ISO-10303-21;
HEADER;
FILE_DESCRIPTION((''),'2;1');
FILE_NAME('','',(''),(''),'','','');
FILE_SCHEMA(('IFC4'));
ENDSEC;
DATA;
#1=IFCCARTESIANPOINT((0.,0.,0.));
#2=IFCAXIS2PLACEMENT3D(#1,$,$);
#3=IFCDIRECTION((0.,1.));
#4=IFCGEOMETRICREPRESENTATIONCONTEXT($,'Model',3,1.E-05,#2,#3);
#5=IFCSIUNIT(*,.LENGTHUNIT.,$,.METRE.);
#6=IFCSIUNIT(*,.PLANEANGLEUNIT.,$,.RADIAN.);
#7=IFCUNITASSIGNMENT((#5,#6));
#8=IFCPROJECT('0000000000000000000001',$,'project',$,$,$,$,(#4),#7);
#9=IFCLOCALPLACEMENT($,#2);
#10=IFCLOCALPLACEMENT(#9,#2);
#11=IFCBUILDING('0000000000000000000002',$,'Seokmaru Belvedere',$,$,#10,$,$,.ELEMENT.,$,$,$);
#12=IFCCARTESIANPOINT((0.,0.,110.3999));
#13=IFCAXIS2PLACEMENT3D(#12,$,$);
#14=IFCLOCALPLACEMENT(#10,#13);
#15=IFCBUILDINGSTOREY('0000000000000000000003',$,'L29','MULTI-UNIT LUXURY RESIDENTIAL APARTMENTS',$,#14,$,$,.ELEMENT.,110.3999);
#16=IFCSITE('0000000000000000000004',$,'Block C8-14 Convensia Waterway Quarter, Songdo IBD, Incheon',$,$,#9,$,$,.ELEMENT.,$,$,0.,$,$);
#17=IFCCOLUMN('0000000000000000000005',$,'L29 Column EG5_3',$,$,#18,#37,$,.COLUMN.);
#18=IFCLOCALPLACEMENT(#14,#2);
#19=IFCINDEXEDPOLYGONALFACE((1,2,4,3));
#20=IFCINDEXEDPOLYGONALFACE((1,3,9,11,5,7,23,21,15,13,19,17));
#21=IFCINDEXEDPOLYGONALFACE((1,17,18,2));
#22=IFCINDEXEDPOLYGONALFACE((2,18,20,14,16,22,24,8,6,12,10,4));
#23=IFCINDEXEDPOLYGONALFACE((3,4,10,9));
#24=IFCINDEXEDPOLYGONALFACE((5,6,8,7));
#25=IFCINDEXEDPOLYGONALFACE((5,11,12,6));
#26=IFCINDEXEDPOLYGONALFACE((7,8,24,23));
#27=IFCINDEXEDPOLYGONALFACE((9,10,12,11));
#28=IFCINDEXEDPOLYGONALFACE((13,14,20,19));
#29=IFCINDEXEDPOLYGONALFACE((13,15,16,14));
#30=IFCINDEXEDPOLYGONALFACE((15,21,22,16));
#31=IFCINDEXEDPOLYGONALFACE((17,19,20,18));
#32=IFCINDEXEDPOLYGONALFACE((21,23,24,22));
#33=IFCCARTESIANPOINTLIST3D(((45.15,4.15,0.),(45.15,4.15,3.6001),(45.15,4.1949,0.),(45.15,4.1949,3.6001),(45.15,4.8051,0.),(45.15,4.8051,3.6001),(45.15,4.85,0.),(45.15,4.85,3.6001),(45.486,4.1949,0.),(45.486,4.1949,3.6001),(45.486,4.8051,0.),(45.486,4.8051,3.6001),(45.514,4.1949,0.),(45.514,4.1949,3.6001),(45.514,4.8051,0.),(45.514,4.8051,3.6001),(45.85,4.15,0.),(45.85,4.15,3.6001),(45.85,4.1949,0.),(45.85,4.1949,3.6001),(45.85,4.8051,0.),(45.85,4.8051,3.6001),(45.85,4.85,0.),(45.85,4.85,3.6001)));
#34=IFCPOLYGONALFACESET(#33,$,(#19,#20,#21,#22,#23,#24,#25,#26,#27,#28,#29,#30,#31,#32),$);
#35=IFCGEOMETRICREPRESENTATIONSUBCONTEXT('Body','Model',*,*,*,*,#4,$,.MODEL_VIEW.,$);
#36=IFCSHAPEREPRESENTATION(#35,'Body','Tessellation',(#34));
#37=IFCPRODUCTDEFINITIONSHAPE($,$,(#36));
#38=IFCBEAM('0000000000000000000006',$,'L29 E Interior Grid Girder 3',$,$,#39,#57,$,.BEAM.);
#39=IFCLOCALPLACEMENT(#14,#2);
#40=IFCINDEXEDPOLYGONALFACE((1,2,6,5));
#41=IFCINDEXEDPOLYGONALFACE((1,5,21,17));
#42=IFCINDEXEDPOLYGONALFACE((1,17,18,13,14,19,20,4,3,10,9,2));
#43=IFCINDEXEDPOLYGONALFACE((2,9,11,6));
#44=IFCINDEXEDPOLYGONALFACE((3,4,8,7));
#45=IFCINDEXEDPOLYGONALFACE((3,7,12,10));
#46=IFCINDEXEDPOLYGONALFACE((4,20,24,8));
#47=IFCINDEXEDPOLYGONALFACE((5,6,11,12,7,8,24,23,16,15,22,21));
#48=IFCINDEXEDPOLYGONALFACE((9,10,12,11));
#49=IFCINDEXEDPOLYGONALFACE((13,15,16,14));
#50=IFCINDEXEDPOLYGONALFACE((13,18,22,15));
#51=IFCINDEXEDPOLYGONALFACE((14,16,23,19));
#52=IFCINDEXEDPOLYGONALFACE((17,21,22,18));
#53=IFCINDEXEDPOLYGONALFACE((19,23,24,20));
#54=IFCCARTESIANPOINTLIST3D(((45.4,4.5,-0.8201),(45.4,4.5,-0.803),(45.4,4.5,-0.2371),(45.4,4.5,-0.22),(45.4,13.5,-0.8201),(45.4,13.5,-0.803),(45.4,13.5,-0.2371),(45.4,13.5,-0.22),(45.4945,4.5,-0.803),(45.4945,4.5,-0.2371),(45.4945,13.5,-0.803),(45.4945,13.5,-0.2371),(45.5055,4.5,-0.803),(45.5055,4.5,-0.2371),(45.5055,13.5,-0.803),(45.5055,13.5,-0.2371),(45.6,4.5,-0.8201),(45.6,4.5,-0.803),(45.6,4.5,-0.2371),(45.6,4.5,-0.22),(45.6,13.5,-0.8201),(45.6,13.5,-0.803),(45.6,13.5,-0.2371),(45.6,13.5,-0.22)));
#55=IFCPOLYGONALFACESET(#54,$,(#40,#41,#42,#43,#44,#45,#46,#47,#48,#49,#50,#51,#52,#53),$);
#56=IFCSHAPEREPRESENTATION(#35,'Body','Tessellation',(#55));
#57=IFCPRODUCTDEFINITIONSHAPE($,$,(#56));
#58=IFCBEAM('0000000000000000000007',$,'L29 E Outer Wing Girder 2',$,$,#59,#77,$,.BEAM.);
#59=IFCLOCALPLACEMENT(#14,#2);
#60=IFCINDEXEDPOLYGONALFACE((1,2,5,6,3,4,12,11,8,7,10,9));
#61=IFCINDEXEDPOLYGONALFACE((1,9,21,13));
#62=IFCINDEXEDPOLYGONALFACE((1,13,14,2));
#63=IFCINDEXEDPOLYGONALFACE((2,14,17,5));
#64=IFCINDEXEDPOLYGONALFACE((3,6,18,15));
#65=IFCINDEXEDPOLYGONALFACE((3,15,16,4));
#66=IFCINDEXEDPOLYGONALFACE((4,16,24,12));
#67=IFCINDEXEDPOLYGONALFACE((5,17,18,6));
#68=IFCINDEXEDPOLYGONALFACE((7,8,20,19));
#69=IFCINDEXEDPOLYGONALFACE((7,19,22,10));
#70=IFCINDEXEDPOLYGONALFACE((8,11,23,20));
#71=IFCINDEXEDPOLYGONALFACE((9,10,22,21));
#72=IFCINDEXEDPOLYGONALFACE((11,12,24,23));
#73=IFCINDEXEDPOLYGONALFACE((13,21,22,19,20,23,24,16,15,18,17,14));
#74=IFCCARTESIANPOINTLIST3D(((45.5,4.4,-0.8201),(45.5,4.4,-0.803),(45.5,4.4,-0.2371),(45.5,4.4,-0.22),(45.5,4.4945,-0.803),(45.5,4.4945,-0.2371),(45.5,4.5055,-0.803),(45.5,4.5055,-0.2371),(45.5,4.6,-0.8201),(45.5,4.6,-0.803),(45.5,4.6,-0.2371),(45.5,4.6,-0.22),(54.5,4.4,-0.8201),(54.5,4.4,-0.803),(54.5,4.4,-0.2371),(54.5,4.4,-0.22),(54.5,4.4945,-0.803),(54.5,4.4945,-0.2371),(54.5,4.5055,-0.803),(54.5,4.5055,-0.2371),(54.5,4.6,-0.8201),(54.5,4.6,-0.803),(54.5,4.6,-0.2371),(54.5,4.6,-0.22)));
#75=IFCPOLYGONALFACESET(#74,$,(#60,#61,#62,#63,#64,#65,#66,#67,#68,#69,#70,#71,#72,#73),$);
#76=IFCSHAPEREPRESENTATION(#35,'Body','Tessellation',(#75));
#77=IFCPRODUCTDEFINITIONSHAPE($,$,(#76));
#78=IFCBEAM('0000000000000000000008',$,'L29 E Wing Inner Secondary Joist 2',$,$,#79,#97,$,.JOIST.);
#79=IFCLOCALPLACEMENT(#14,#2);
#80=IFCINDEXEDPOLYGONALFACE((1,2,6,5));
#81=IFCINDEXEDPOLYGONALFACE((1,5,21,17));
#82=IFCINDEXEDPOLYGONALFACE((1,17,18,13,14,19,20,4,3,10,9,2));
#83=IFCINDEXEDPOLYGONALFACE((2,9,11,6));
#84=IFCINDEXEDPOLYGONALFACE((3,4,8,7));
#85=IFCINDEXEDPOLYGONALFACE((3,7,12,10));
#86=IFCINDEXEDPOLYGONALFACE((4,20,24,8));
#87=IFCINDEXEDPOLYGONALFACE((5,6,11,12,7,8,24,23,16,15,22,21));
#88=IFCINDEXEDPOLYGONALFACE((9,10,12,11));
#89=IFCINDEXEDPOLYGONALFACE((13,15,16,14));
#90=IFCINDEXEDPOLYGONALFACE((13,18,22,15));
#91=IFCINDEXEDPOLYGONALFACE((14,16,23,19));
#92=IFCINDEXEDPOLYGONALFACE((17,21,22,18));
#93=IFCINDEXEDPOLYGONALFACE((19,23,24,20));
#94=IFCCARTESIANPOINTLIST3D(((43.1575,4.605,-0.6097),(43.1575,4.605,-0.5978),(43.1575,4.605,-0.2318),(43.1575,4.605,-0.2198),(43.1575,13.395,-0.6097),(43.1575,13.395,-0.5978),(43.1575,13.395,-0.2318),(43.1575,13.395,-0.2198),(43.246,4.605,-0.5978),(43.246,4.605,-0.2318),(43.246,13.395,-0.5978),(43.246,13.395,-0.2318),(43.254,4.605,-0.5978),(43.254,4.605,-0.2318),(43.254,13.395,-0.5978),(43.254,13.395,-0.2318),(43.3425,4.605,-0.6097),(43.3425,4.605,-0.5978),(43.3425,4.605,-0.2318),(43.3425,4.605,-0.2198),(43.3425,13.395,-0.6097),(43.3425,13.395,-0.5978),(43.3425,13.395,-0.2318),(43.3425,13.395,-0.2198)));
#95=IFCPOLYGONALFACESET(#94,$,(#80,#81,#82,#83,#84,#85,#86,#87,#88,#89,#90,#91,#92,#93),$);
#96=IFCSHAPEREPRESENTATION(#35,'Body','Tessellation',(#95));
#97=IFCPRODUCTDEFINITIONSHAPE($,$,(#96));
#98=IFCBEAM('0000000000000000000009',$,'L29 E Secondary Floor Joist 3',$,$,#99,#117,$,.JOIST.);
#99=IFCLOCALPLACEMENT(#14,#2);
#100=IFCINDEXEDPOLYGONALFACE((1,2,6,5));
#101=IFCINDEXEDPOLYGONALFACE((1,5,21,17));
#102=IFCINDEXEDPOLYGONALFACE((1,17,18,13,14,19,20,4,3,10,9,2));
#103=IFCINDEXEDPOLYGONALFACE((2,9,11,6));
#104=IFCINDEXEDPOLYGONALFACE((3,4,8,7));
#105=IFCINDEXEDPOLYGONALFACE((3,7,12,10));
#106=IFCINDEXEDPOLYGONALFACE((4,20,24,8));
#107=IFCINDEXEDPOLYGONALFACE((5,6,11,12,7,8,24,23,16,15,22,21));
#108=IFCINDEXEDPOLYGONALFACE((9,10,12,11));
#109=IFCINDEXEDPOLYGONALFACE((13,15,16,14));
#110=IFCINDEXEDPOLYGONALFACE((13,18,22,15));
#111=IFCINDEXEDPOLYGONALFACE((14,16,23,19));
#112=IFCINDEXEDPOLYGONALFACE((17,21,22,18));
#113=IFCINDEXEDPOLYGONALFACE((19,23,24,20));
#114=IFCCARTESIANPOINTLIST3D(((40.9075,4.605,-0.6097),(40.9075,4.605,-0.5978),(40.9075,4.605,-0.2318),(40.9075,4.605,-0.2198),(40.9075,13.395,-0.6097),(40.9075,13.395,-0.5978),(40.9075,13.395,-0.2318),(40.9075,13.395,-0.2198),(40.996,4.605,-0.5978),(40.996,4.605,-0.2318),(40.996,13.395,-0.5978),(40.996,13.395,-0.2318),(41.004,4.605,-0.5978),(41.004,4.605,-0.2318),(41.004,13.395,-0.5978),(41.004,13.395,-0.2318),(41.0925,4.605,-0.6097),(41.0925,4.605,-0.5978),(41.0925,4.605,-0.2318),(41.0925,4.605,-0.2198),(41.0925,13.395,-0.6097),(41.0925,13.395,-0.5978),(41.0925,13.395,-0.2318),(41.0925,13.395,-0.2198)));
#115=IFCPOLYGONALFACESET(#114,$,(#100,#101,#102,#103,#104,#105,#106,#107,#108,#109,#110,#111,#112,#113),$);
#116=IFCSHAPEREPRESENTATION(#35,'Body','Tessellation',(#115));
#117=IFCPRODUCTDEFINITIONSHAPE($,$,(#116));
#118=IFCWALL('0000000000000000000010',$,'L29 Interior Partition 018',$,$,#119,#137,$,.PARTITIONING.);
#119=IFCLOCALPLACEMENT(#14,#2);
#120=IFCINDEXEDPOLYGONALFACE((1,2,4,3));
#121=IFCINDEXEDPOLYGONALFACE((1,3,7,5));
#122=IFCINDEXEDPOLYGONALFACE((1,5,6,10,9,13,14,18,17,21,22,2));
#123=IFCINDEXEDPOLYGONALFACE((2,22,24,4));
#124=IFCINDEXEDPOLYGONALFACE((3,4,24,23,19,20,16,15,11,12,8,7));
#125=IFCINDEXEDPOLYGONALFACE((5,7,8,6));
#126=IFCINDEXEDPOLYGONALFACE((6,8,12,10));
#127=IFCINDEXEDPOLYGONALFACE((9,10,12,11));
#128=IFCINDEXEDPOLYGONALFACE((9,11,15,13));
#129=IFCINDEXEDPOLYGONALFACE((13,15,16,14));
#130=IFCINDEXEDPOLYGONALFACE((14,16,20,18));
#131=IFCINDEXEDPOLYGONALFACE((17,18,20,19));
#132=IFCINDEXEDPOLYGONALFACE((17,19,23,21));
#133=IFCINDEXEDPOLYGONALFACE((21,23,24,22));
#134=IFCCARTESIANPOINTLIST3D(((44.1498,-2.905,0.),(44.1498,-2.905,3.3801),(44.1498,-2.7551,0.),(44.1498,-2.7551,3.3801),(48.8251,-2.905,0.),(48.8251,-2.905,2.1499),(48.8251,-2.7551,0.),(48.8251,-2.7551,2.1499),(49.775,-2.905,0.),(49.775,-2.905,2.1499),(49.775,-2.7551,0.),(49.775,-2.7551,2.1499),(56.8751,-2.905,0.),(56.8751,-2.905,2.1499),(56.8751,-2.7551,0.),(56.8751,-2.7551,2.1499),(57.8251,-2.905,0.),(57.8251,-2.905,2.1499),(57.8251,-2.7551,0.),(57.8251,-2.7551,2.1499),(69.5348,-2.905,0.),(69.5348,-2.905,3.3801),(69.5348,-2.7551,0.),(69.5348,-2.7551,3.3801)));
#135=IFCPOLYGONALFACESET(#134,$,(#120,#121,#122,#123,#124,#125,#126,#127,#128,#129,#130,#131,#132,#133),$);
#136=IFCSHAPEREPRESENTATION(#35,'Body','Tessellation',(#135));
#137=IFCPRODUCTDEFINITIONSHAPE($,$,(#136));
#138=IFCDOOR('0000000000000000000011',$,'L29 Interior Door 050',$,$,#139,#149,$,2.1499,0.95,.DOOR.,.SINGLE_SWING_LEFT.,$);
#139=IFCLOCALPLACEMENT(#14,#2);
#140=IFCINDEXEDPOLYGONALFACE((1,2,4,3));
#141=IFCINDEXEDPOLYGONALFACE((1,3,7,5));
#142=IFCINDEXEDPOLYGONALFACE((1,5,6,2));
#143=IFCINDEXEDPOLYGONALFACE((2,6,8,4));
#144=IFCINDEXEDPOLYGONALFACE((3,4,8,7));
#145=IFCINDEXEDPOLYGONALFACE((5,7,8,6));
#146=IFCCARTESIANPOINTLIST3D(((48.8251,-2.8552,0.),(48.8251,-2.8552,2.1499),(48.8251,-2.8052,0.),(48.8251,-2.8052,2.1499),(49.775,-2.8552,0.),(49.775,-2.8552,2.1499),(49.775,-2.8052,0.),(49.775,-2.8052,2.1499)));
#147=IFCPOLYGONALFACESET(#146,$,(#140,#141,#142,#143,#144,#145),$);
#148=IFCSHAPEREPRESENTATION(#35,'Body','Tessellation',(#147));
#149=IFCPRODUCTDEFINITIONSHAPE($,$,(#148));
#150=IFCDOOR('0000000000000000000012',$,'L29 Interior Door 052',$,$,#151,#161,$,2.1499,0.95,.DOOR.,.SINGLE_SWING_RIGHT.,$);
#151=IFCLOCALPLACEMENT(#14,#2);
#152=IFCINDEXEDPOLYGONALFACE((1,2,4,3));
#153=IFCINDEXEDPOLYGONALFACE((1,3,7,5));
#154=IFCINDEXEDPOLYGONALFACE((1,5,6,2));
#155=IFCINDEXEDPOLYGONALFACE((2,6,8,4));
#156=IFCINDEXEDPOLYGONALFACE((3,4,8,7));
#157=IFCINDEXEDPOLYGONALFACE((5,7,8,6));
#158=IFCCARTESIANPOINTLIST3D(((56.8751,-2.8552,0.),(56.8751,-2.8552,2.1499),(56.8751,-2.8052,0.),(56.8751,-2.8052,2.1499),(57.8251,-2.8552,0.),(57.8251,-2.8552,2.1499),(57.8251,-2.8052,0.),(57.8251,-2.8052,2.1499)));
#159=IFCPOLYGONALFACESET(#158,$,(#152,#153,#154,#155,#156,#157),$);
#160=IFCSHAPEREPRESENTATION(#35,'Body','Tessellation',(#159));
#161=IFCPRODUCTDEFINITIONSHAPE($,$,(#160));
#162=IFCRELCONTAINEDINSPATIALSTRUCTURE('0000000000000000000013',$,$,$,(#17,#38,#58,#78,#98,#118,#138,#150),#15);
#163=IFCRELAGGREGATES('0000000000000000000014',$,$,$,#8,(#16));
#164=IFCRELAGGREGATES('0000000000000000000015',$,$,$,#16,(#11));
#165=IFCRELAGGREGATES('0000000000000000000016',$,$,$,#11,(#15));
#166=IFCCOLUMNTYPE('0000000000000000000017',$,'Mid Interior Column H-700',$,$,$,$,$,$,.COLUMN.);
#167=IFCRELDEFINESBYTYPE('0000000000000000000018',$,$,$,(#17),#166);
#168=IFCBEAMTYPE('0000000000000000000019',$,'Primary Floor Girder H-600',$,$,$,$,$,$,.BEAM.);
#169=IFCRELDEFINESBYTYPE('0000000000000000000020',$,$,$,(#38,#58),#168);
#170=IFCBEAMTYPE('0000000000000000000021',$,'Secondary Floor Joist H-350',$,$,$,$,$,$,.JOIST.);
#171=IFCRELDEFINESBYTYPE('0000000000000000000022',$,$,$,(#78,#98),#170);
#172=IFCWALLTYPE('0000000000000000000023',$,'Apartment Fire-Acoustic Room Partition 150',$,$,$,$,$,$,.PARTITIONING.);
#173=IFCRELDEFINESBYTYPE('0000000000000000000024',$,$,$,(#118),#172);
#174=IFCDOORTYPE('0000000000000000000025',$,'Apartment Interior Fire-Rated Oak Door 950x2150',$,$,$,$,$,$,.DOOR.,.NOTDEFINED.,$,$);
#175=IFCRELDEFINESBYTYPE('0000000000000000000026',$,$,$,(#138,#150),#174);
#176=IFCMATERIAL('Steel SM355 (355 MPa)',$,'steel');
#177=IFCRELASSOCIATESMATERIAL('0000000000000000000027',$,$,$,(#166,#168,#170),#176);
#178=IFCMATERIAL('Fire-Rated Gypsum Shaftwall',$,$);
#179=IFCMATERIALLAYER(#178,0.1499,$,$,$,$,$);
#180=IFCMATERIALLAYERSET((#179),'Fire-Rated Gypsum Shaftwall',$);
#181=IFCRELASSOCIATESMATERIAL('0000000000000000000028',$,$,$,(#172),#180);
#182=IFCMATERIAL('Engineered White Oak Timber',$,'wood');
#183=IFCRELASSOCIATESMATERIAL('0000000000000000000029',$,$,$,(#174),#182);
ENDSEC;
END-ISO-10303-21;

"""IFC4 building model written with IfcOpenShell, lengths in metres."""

from ifc_helpers import new_model, si_unit, direction, frame, frame_2d, origin, origin_2d, place, context, subcontext, project, spatial, rectangle, i_section, extrude, source, transform, mapped, material, layer, layer_set, material_profile, profile_set, type_object, type_shapes, element, fill, save


model = new_model("IFC4")

# Units and contexts
model_context = context("Model", 3, precision=1e-05, world=origin(), true_north=direction((0.0, 1.0)))
body_context = subcontext(model_context, "Body", "Model", "MODEL_VIEW")
ifc_project = project(units=[si_unit("LENGTHUNIT", "METRE"), si_unit("PLANEANGLEUNIT", "RADIAN")], contexts=[model_context])

# Site, building, storey
site_placement = place(None, origin())
site = spatial("IfcSite", under=ifc_project, at=site_placement, Name="Block C8-14 Convensia Waterway Quarter, Songdo IBD, Incheon", CompositionType="ELEMENT", RefElevation=0.0)
building_placement = place(site_placement, origin())
building = spatial("IfcBuilding", under=site, at=building_placement, Name="Seokmaru Belvedere", CompositionType="ELEMENT")
storey_placement = place(building_placement, frame((0.0, 0.0, 110.3999)))
storey = spatial("IfcBuildingStorey", under=building, at=storey_placement, Name="L29", Description="MULTI-UNIT LUXURY RESIDENTIAL APARTMENTS", CompositionType="ELEMENT", Elevation=110.3999)

# Column
ifc_material_1 = material(Name="Steel SM355 (355 MPa)", Category="steel")
ifc_material_profile_1 = material_profile(ifc_material_1, i_section(OverallWidth=0.7, OverallDepth=0.7, WebThickness=0.0281, FlangeThickness=0.0449, at=origin_2d()), Name="H-700x700x28x45")
ifc_profile_set_1 = profile_set([ifc_material_profile_1], Name="Steel SM355 (355 MPa)")
column_type = type_object("IfcColumnType", Name="Mid Interior Column H-700", PredefinedType="COLUMN", material=ifc_profile_set_1)
shared_shape_1 = source(origin(), body_context, "Body", "SweptSolid", [
    extrude(i_section(OverallWidth=0.7, OverallDepth=0.7, WebThickness=0.0281, FlangeThickness=0.0449, at=origin_2d()), origin(), (0.0, 0.0, 1.0), 3.6001),
])
type_shapes(column_type, [shared_shape_1])
column_placement = place(storey_placement, frame((45.5, 4.5, 0.0), z_axis=(0.0, 0.0, 1.0), x_axis=(1.0, 0.0, 0.0)))
element("IfcColumn", 1, at=column_placement, inside=storey, type_object=column_type, Name="L29 Column EG5_3", PredefinedType="COLUMN", context=body_context, shape_type="MappedRepresentation", body=[
    mapped(shared_shape_1, transform((0.0, 0.0, 0.0), scale=1.0)),
])

# Beams
ifc_material_profile_2 = material_profile(ifc_material_1, i_section(OverallWidth=0.2, OverallDepth=0.6001, WebThickness=0.011, FlangeThickness=0.0171, at=origin_2d()), Name="H-600x200x11x17")
ifc_profile_set_2 = profile_set([ifc_material_profile_2], Name="Steel SM355 (355 MPa)")
beam_type_1 = type_object("IfcBeamType", Name="Primary Floor Girder H-600", PredefinedType="BEAM", material=ifc_profile_set_2)
shared_shape_2 = source(origin(), body_context, "Body", "SweptSolid", [
    extrude(i_section(OverallWidth=0.2, OverallDepth=0.6001, WebThickness=0.011, FlangeThickness=0.0171, at=origin_2d()), origin(), (0.0, 0.0, 1.0), 9.0),
])
type_shapes(beam_type_1, [shared_shape_2])
for number, where, z_axis, x_axis, name in (
    (2, (45.5, 4.5, -0.52), (0.0, 1.0, 0.0), (-1.0, 0.0, 0.0), "L29 E Interior Grid Girder 3"),
    (3, (45.5, 4.5, -0.52), (1.0, 0.0, 0.0), (0.0, 1.0, 0.0), "L29 E Outer Wing Girder 2"),
):
    element("IfcBeam", number, at=place(storey_placement, frame(where, z_axis=z_axis, x_axis=x_axis)), inside=storey, type_object=beam_type_1, Name=name, PredefinedType="BEAM", context=body_context, shape_type="MappedRepresentation", body=[
        mapped(shared_shape_2, transform((0.0, 0.0, 0.0), scale=1.0)),
    ])
ifc_material_profile_3 = material_profile(ifc_material_1, i_section(OverallWidth=0.1851, OverallDepth=0.3899, WebThickness=0.0081, FlangeThickness=0.012, at=origin_2d()), Name="H-390x185x8x12")
ifc_profile_set_3 = profile_set([ifc_material_profile_3], Name="Steel SM355 (355 MPa)")
beam_type_2 = type_object("IfcBeamType", Name="Secondary Floor Joist H-350", PredefinedType="JOIST", material=ifc_profile_set_3)
shared_shape_3 = source(origin(), body_context, "Body", "SweptSolid", [
    extrude(i_section(OverallWidth=0.1851, OverallDepth=0.3899, WebThickness=0.0081, FlangeThickness=0.012, at=origin_2d()), origin(), (0.0, 0.0, 1.0), 8.79),
])
type_shapes(beam_type_2, [shared_shape_3])
for number, where, z_axis, x_axis, name in (
    (4, (43.25, 4.605, -0.4148), (0.0, 1.0, 0.0), (-1.0, 0.0, 0.0), "L29 E Wing Inner Secondary Joist 2"),
    (5, (41.0, 4.605, -0.4148), (0.0, 1.0, 0.0), (-1.0, 0.0, 0.0), "L29 E Secondary Floor Joist 3"),
):
    element("IfcBeam", number, at=place(storey_placement, frame(where, z_axis=z_axis, x_axis=x_axis)), inside=storey, type_object=beam_type_2, Name=name, PredefinedType="JOIST", context=body_context, shape_type="MappedRepresentation", body=[
        mapped(shared_shape_3, transform((0.0, 0.0, 0.0), scale=1.0)),
    ])

# Wall, openings, doors
ifc_material_2 = material(Name="Fire-Rated Gypsum Shaftwall")
ifc_layer_1 = layer(ifc_material_2, 0.1499)
ifc_layer_set_1 = layer_set([ifc_layer_1], Name="Fire-Rated Gypsum Shaftwall")
wall_type_1 = type_object("IfcWallType", Name="Apartment Fire-Acoustic Room Partition 150", PredefinedType="PARTITIONING", material=ifc_layer_set_1)
wall_1_placement = place(storey_placement, frame((44.1499, -2.8301, 0.0), z_axis=(0.0, 0.0, 1.0), x_axis=(1.0, 0.0, 0.0)))
wall_1 = element("IfcWall", 6, at=wall_1_placement, inside=storey, type_object=wall_type_1, Name="L29 Interior Partition 018", PredefinedType="PARTITIONING", context=body_context, shape_type="SweptSolid", body=[
    extrude(rectangle(XDim=25.385, YDim=0.1499, at=frame_2d((12.6924, 0.0))), origin(), (0.0, 0.0, 1.0), 3.3801),
])
opening_1_placement = place(wall_1_placement, frame((4.675, 0.0, 0.0)))
opening_1 = element("IfcOpeningElement", 7, at=opening_1_placement, cuts=wall_1, PredefinedType="OPENING", context=body_context, shape_type="SweptSolid", body=[
    extrude(rectangle(XDim=0.95, YDim=2.1499, at=frame_2d((0.4751, 1.075))), frame((0.0, 0.085, 0.0), z_axis=(0.0, -1.0, 0.0), x_axis=(1.0, 0.0, 0.0)), (0.0, 0.0, 1.0), 0.1699),
])
opening_2_placement = place(wall_1_placement, frame((12.7251, 0.0, 0.0)))
opening_2 = element("IfcOpeningElement", 8, at=opening_2_placement, cuts=wall_1, PredefinedType="OPENING", context=body_context, shape_type="SweptSolid", body=[
    extrude(rectangle(XDim=0.95, YDim=2.1499, at=frame_2d((0.4751, 1.075))), frame((0.0, 0.085, 0.0), z_axis=(0.0, -1.0, 0.0), x_axis=(1.0, 0.0, 0.0)), (0.0, 0.0, 1.0), 0.1699),
])
ifc_material_3 = material(Name="Engineered White Oak Timber", Category="wood")
door_type_1 = type_object("IfcDoorType", Name="Apartment Interior Fire-Rated Oak Door 950x2150", OperationType="NOTDEFINED", PredefinedType="DOOR", material=ifc_material_3)
shared_shape_4 = source(origin(), body_context, "Body", "SweptSolid", [
    extrude(rectangle(XDim=0.95, YDim=2.1499, at=frame_2d((0.4751, 1.075))), frame((0.0, 0.0249, 0.0), z_axis=(0.0, -1.0, 0.0), x_axis=(1.0, 0.0, 0.0)), (0.0, 0.0, 1.0), 0.05),
])
type_shapes(door_type_1, [shared_shape_4])
door_1_placement = place(opening_1_placement, origin())
door_1 = element("IfcDoor", 9, at=door_1_placement, inside=storey, type_object=door_type_1, Name="L29 Interior Door 050", OperationType="SINGLE_SWING_LEFT", OverallHeight=2.1499, OverallWidth=0.95, PredefinedType="DOOR", context=body_context, shape_type="MappedRepresentation", body=[
    mapped(shared_shape_4, transform((0.0, 0.0, 0.0), scale=1.0)),
])
fill(opening_1, door_1)
door_2_placement = place(opening_2_placement, origin())
door_2 = element("IfcDoor", 10, at=door_2_placement, inside=storey, type_object=door_type_1, Name="L29 Interior Door 052", OperationType="SINGLE_SWING_RIGHT", OverallHeight=2.1499, OverallWidth=0.95, PredefinedType="DOOR", context=body_context, shape_type="MappedRepresentation", body=[
    mapped(shared_shape_4, transform((0.0, 0.0, 0.0), scale=1.0)),
])
fill(opening_2, door_2)

save(model, "model.ifc")
